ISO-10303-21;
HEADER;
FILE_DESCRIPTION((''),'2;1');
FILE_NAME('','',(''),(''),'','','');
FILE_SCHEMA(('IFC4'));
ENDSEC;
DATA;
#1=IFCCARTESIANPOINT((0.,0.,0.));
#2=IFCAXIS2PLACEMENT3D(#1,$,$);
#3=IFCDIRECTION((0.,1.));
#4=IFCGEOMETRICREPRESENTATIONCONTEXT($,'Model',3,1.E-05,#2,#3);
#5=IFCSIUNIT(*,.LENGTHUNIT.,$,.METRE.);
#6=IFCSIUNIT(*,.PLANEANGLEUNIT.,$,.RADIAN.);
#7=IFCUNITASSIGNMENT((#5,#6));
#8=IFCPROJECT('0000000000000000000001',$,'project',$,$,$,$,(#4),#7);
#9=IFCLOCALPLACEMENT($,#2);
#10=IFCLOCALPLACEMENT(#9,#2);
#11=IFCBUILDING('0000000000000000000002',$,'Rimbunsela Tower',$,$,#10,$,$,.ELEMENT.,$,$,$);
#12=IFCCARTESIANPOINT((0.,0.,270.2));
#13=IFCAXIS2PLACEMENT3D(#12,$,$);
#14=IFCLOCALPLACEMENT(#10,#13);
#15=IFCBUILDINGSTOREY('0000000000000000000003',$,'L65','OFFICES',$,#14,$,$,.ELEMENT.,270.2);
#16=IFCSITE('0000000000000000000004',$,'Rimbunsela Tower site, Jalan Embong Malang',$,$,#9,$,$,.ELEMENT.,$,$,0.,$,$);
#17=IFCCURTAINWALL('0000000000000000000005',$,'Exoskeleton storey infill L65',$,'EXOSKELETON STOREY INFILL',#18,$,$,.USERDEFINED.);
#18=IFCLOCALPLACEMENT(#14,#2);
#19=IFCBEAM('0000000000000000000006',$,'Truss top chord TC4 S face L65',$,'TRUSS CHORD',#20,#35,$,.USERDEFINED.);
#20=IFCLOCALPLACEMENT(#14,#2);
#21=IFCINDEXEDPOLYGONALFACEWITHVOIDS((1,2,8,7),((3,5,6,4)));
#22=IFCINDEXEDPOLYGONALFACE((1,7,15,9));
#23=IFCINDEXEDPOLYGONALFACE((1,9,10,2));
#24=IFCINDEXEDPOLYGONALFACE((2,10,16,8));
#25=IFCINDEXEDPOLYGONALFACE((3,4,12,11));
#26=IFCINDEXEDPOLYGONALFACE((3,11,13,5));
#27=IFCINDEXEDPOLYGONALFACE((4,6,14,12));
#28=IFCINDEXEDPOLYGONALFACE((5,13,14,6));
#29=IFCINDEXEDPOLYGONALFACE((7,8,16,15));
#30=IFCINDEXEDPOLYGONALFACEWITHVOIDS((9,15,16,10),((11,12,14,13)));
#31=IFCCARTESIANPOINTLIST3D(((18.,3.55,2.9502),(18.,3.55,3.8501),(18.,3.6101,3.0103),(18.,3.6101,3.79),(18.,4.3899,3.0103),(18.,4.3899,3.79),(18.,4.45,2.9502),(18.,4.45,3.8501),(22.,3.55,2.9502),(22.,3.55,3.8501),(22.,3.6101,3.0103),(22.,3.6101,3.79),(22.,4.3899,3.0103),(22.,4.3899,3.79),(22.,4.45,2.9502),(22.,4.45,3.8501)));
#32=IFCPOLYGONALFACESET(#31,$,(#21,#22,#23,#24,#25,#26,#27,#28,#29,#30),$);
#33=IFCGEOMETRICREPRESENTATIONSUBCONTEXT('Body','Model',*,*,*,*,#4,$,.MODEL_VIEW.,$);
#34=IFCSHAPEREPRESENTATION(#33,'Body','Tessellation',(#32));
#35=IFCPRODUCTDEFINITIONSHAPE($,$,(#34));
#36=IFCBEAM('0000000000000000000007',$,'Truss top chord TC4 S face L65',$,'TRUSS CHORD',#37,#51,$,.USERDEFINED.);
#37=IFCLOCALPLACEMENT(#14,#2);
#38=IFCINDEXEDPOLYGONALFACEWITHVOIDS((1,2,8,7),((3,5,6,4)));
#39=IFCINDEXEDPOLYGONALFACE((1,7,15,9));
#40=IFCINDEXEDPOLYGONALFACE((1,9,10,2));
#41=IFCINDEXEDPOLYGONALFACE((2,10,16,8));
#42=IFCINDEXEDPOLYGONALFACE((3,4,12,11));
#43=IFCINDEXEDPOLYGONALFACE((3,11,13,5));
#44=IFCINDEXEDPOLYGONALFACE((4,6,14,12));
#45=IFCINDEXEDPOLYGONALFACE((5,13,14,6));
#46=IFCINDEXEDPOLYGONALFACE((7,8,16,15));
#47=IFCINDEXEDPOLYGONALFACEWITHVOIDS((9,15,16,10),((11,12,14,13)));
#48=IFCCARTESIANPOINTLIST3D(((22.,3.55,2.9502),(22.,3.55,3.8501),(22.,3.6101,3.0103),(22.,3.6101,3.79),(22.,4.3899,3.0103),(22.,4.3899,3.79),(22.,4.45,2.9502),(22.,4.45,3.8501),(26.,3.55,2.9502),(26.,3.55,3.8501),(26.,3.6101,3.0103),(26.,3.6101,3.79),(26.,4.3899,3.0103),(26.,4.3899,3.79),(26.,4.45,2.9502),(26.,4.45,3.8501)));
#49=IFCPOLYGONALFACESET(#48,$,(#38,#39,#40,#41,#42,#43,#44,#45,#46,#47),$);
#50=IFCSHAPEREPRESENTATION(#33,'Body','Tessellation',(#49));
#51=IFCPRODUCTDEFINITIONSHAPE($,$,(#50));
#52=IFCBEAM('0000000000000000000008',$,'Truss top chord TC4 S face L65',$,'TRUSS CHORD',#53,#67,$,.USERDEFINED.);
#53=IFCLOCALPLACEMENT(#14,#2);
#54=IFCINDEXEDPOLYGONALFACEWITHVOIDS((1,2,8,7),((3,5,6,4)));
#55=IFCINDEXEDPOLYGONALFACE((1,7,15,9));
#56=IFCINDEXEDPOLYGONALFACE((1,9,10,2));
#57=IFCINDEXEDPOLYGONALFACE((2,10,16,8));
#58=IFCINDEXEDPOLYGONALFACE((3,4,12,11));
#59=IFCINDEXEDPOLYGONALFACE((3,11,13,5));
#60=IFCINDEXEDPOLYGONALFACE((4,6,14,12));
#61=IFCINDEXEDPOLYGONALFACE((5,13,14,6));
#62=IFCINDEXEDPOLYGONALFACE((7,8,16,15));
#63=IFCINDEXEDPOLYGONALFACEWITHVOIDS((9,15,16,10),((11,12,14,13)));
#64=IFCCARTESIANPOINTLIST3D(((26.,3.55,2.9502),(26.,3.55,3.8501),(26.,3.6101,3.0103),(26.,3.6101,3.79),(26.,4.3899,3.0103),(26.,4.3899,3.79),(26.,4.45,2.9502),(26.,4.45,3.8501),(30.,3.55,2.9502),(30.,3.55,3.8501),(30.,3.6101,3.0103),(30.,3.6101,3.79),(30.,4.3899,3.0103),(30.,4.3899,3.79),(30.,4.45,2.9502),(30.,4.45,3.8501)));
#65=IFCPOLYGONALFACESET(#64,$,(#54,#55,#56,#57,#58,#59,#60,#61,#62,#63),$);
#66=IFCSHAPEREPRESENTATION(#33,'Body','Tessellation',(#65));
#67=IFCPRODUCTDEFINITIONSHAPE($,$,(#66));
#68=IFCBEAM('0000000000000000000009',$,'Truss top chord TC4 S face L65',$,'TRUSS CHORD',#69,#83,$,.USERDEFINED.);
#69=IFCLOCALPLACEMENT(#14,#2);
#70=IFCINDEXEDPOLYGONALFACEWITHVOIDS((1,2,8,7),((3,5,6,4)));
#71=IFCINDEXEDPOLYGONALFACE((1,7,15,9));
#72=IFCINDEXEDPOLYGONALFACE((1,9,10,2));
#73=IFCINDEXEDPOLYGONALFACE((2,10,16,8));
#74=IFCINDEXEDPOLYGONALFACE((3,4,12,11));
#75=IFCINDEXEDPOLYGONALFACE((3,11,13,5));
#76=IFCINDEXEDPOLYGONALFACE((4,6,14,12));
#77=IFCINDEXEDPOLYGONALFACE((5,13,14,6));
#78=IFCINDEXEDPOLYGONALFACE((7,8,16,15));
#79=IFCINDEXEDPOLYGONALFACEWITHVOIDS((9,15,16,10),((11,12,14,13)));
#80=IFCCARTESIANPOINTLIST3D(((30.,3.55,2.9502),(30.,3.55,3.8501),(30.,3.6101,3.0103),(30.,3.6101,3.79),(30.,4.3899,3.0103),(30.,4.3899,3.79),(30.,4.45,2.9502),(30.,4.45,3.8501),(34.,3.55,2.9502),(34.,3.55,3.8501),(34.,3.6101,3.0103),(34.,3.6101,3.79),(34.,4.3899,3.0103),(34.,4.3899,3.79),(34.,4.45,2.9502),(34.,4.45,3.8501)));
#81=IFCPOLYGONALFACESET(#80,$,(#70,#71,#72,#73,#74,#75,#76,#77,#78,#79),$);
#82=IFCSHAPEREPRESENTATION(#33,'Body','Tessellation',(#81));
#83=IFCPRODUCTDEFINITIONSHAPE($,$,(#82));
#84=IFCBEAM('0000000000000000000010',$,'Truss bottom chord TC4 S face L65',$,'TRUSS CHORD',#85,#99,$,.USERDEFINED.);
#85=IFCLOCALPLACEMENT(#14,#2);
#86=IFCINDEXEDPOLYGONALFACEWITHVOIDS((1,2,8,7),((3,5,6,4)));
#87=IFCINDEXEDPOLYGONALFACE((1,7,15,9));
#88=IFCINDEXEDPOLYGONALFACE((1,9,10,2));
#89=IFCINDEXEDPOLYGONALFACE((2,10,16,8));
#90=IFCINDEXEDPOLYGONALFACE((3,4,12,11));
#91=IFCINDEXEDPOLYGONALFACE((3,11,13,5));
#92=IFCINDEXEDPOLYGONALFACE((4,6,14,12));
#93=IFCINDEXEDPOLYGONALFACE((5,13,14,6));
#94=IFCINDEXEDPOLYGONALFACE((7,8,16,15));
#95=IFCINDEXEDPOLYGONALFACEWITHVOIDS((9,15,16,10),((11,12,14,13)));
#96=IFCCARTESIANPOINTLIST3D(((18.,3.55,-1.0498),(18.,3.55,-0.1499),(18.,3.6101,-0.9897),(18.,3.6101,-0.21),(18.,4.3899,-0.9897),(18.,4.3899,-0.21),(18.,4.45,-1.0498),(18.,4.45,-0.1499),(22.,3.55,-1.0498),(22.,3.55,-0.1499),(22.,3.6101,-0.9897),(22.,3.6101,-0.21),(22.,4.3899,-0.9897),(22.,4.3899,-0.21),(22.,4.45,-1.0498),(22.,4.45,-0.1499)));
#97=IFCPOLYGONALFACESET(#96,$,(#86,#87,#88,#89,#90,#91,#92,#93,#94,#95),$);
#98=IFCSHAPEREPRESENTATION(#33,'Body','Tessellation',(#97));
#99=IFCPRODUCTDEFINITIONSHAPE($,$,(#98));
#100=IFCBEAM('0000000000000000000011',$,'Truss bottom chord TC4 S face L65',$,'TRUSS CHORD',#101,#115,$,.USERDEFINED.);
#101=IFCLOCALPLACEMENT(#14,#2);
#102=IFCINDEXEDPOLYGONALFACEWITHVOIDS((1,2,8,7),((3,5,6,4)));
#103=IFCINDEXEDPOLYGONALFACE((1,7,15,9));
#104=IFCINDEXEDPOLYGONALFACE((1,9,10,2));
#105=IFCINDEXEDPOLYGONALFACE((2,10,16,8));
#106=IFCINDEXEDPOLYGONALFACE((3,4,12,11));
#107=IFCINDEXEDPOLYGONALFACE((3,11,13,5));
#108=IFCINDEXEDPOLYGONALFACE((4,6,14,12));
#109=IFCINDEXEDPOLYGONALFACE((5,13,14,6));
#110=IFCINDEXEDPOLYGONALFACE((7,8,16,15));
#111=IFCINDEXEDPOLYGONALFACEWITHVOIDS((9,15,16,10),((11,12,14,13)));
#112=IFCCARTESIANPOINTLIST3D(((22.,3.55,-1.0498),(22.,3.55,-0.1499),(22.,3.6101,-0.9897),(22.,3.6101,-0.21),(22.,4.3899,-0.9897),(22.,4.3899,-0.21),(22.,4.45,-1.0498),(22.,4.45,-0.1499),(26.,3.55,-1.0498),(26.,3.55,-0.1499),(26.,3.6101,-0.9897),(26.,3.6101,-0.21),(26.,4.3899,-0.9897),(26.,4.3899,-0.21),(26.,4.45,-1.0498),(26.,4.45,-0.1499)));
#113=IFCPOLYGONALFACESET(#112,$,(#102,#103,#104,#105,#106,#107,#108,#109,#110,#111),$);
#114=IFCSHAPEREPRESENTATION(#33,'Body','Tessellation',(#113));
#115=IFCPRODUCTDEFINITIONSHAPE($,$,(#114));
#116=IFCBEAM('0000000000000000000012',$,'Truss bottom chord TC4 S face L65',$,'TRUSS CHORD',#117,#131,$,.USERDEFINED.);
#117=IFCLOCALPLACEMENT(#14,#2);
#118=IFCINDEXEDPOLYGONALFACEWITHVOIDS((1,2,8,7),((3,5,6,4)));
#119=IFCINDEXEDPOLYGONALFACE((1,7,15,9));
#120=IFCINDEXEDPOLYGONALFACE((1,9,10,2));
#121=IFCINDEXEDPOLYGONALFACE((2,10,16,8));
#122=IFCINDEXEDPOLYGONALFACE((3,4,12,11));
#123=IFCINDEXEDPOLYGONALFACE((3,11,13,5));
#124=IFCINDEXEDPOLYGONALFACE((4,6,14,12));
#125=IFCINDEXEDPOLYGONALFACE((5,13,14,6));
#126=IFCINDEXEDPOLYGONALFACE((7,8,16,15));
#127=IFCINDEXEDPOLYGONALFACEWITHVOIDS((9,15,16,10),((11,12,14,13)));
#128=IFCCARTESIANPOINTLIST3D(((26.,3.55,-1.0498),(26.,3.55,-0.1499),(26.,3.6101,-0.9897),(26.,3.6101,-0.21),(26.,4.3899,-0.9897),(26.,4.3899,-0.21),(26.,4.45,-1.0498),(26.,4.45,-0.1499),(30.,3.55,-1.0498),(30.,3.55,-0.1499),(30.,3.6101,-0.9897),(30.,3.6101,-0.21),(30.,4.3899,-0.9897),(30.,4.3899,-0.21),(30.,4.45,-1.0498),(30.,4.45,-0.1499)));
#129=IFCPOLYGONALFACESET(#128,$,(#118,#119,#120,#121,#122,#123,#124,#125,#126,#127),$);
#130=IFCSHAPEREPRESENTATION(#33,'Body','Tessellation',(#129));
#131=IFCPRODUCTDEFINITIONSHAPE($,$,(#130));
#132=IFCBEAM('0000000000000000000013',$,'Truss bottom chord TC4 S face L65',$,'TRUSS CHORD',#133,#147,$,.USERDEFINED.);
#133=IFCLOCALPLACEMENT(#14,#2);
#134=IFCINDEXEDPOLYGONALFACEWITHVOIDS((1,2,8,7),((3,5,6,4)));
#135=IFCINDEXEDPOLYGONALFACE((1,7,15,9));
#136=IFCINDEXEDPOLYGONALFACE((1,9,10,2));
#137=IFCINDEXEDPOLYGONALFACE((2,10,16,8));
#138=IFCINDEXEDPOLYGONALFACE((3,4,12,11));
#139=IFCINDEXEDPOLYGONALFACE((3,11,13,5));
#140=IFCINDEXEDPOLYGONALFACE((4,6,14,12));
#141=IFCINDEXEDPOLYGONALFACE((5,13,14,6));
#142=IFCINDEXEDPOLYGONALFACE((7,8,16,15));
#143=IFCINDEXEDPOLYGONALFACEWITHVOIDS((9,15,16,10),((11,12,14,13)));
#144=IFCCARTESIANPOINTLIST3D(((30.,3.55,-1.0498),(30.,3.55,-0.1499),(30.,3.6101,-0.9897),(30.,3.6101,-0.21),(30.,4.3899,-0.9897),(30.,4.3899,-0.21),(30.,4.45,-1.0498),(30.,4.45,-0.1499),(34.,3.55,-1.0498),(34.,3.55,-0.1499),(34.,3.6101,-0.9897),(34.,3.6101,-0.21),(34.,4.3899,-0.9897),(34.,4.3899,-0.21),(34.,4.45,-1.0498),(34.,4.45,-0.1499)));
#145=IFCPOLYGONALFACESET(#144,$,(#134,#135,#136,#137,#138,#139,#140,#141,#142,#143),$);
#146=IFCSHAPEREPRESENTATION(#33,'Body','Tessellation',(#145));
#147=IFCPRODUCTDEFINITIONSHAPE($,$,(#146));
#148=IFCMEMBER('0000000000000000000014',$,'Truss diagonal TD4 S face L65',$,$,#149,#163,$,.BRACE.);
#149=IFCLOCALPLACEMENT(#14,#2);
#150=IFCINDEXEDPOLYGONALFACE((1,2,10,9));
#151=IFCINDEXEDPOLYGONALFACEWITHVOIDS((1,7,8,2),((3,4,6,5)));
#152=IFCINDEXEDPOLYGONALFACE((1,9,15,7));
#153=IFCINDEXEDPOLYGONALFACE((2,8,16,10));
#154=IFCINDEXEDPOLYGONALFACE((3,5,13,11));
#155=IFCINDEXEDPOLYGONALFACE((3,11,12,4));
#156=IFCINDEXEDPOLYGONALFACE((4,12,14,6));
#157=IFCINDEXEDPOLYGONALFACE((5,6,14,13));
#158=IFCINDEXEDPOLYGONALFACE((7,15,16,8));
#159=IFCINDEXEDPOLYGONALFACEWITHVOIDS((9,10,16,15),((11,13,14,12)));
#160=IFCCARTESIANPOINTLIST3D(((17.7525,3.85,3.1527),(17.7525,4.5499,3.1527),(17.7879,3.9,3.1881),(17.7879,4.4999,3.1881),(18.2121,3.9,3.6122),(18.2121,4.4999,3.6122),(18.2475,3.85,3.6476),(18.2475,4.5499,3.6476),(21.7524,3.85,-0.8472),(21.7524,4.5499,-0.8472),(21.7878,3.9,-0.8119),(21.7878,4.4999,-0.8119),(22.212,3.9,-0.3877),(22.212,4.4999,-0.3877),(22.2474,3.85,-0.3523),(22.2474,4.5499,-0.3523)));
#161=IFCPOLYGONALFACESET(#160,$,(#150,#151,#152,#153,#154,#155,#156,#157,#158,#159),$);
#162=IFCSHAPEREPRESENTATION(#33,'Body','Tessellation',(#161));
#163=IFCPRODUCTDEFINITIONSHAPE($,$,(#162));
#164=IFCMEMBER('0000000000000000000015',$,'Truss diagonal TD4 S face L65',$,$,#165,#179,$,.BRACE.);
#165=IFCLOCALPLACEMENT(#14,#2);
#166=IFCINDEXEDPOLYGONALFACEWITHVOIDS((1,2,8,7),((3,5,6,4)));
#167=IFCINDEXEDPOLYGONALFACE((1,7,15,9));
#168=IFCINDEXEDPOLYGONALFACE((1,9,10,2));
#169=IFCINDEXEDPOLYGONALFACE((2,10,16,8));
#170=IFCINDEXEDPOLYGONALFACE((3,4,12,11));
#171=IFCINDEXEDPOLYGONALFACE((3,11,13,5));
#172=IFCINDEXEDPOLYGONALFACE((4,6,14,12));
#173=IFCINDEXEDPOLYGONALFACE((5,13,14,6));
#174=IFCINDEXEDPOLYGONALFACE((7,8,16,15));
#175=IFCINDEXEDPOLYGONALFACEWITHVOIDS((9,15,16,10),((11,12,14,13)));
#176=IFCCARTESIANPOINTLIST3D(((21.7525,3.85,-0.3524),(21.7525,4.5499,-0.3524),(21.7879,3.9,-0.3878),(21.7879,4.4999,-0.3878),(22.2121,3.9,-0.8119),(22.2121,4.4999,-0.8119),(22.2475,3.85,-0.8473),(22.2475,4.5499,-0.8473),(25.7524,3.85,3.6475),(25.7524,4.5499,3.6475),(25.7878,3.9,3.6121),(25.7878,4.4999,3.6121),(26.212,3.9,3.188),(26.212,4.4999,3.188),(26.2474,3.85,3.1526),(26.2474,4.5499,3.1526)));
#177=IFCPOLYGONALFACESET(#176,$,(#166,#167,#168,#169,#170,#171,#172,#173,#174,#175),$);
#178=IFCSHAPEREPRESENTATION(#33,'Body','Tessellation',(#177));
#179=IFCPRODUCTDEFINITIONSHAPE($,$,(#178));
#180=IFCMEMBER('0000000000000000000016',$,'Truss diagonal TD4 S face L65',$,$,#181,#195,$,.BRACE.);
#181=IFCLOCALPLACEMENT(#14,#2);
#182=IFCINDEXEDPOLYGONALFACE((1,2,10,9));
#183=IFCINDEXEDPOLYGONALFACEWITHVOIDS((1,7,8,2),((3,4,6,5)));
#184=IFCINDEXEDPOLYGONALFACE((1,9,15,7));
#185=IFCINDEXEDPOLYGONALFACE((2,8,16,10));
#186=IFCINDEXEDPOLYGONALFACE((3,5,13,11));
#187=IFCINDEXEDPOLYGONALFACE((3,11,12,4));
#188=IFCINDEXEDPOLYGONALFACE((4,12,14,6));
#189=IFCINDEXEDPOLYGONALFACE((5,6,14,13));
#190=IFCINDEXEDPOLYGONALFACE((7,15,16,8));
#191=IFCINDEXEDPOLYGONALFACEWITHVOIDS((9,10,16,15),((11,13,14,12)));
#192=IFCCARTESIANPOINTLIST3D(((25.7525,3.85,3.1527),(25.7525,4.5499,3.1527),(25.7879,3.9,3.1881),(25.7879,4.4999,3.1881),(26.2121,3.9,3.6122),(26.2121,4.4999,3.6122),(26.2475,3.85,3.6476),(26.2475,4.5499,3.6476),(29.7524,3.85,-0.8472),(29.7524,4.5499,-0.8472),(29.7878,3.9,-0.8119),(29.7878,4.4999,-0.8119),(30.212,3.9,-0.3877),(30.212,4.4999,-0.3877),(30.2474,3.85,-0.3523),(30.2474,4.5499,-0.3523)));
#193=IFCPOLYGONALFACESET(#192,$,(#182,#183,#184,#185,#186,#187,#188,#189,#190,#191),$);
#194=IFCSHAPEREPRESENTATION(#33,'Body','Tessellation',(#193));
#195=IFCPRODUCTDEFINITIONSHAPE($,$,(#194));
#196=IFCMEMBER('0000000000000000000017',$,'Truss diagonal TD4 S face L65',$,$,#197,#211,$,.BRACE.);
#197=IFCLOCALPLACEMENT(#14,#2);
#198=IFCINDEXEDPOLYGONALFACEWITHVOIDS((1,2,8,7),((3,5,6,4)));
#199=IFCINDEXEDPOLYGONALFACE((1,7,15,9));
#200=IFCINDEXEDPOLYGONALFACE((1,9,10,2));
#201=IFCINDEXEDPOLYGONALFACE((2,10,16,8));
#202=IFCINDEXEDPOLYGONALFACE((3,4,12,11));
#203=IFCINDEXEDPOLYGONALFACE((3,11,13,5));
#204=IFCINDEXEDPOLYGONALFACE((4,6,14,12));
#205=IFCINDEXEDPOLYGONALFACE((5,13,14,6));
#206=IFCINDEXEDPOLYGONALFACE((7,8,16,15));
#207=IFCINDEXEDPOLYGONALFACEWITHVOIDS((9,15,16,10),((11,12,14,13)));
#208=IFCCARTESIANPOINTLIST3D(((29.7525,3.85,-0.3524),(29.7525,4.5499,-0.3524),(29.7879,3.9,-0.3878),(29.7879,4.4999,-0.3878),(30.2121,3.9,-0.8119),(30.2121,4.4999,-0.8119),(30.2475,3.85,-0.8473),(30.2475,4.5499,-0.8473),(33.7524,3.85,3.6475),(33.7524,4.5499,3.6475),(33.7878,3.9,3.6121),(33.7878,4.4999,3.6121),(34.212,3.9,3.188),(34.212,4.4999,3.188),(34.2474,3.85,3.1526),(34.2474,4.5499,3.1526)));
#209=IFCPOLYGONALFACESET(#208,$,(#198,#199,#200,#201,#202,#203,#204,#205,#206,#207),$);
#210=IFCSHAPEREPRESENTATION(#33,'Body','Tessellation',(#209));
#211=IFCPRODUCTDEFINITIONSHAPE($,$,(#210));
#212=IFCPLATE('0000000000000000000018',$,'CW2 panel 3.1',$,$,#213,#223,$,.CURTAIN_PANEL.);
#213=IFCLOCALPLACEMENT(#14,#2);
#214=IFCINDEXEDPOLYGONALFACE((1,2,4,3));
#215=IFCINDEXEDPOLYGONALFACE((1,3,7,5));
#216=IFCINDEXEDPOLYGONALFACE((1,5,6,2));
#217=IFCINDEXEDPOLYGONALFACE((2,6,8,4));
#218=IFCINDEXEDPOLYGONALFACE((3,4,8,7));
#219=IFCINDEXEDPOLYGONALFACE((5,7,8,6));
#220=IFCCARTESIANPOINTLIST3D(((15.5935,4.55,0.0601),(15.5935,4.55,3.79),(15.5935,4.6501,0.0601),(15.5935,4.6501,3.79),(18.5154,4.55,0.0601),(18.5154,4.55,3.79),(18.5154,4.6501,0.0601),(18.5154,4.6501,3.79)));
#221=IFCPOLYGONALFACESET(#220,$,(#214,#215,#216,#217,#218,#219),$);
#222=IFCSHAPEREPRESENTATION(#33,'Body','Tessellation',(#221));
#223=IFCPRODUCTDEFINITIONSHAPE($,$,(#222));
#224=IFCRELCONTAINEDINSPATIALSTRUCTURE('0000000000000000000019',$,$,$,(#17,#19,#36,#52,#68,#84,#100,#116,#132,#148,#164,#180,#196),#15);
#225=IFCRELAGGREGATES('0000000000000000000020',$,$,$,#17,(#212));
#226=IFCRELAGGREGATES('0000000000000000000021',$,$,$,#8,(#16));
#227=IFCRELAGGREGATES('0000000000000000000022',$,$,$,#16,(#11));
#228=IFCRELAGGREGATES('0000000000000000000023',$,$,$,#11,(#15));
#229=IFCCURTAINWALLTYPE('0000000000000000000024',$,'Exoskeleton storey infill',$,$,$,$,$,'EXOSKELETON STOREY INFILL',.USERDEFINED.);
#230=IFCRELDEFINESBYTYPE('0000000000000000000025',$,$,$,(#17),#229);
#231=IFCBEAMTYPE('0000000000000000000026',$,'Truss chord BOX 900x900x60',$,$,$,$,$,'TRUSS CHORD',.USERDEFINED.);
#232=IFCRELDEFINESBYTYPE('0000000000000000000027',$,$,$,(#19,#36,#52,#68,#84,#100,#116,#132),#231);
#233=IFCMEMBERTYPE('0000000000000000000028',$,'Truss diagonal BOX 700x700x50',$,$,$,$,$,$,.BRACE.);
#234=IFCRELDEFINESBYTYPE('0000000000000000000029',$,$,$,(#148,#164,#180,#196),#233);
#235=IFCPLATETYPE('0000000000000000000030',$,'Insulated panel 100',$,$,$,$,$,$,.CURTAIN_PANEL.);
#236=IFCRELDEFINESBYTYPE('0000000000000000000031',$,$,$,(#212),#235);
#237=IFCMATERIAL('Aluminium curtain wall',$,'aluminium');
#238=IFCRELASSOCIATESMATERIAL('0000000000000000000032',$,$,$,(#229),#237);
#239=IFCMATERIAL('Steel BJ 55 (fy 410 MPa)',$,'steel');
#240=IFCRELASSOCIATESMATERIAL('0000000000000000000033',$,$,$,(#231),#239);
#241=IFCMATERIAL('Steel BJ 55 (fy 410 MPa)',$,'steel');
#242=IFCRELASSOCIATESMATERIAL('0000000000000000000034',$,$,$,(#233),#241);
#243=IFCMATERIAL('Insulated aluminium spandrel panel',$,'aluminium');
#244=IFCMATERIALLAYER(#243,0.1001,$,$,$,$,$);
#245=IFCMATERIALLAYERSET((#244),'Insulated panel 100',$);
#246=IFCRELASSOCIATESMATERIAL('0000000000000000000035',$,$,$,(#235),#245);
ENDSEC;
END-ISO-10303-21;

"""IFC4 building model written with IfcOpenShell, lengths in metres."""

from ifc_helpers import new_model, si_unit, direction, frame, origin, origin_2d, place, context, subcontext, project, spatial, rectangle, hollow_rectangle, extrude, material, layer, layer_set, material_profile, profile_set, type_object, element, aggregate, save


model = new_model("IFC4")

# Units and contexts
model_context = context("Model", 3, precision=1e-05, world=origin(), true_north=direction((0.0, 1.0)))
body_context = subcontext(model_context, "Body", "Model", "MODEL_VIEW")
ifc_project = project(units=[si_unit("LENGTHUNIT", "METRE"), si_unit("PLANEANGLEUNIT", "RADIAN")], contexts=[model_context])

# Site, building, storey
site_placement = place(None, origin())
site = spatial("IfcSite", under=ifc_project, at=site_placement, Name="Rimbunsela Tower site, Jalan Embong Malang", CompositionType="ELEMENT", RefElevation=0.0)
building_placement = place(site_placement, origin())
building = spatial("IfcBuilding", under=site, at=building_placement, Name="Rimbunsela Tower", CompositionType="ELEMENT")
storey_placement = place(building_placement, frame((0.0, 0.0, 270.2)))
storey = spatial("IfcBuildingStorey", under=building, at=storey_placement, Name="L65", Description="OFFICES", CompositionType="ELEMENT", Elevation=270.2)

# Curtain wall
ifc_material_1 = material(Name="Aluminium curtain wall", Category="aluminium")
curtain_wall_type = type_object("IfcCurtainWallType", Name="Exoskeleton storey infill", ElementType="EXOSKELETON STOREY INFILL", PredefinedType="USERDEFINED", material=ifc_material_1)
curtain_wall_placement = place(storey_placement, origin())
curtain_wall = element("IfcCurtainWall", 1, at=curtain_wall_placement, inside=storey, type_object=curtain_wall_type, Name="Exoskeleton storey infill L65", ObjectType="EXOSKELETON STOREY INFILL", PredefinedType="USERDEFINED")

# Beams
ifc_material_2 = material(Name="Steel BJ 55 (fy 410 MPa)", Category="steel")
ifc_material_profile_1 = material_profile(ifc_material_2, hollow_rectangle(XDim=0.8999, YDim=0.8999, WallThickness=0.0601, at=origin_2d()), Name="BOX 900x900x60")
ifc_profile_set_1 = profile_set([ifc_material_profile_1], Name="Steel BJ 55 (fy 410 MPa)")
beam_type_1 = type_object("IfcBeamType", Name="Truss chord BOX 900x900x60", ElementType="TRUSS CHORD", PredefinedType="USERDEFINED", material=ifc_profile_set_1)
for number, where, z_axis, x_axis, name in (
    (2, (18.0, 4.0, 3.4001), (1.0, 0.0, 0.0), (0.0, 1.0, 0.0), "Truss top chord TC4 S face L65"),
    (3, (22.0, 4.0, 3.4001), (1.0, 0.0, 0.0), (0.0, 1.0, 0.0), "Truss top chord TC4 S face L65"),
    (4, (26.0, 4.0, 3.4001), (1.0, 0.0, 0.0), (0.0, 1.0, 0.0), "Truss top chord TC4 S face L65"),
    (5, (30.0, 4.0, 3.4001), (1.0, 0.0, 0.0), (0.0, 1.0, 0.0), "Truss top chord TC4 S face L65"),
    (6, (18.0, 4.0, -0.5999), (1.0, 0.0, 0.0), (0.0, 1.0, 0.0), "Truss bottom chord TC4 S face L65"),
    (7, (22.0, 4.0, -0.5999), (1.0, 0.0, 0.0), (0.0, 1.0, 0.0), "Truss bottom chord TC4 S face L65"),
    (8, (26.0, 4.0, -0.5999), (1.0, 0.0, 0.0), (0.0, 1.0, 0.0), "Truss bottom chord TC4 S face L65"),
    (9, (30.0, 4.0, -0.5999), (1.0, 0.0, 0.0), (0.0, 1.0, 0.0), "Truss bottom chord TC4 S face L65"),
):
    element("IfcBeam", number, at=place(storey_placement, frame(where, z_axis=z_axis, x_axis=x_axis)), inside=storey, type_object=beam_type_1, Name=name, ObjectType="TRUSS CHORD", PredefinedType="USERDEFINED", context=body_context, shape_type="SweptSolid", body=[
        extrude(hollow_rectangle(XDim=0.8999, YDim=0.8999, WallThickness=0.0601, at=origin_2d()), origin(), (0.0, 0.0, 1.0), 4.0),
    ])

# Members
ifc_material_3 = material(Name="Steel BJ 55 (fy 410 MPa)", Category="steel")
ifc_material_profile_2 = material_profile(ifc_material_3, hollow_rectangle(XDim=0.7, YDim=0.7, WallThickness=0.05, at=origin_2d()), Name="BOX 700x700x50")
ifc_profile_set_2 = profile_set([ifc_material_profile_2], Name="Steel BJ 55 (fy 410 MPa)")
member_type_1 = type_object("IfcMemberType", Name="Truss diagonal BOX 700x700x50", PredefinedType="BRACE", material=ifc_profile_set_2)
for number, where, z_axis, x_axis, name in (
    (10, (18.0, 4.2, 3.4001), (0.707107, 0.0, -0.707107), (0.0, 1.0, 0.0), "Truss diagonal TD4 S face L65"),
    (11, (22.0, 4.2, -0.5999), (0.707107, 0.0, 0.707107), (0.0, 1.0, 0.0), "Truss diagonal TD4 S face L65"),
    (12, (26.0, 4.2, 3.4001), (0.707107, 0.0, -0.707107), (0.0, 1.0, 0.0), "Truss diagonal TD4 S face L65"),
    (13, (30.0, 4.2, -0.5999), (0.707107, 0.0, 0.707107), (0.0, 1.0, 0.0), "Truss diagonal TD4 S face L65"),
):
    element("IfcMember", number, at=place(storey_placement, frame(where, z_axis=z_axis, x_axis=x_axis)), inside=storey, type_object=member_type_1, Name=name, PredefinedType="BRACE", context=body_context, shape_type="SweptSolid", body=[
        extrude(hollow_rectangle(XDim=0.7, YDim=0.7, WallThickness=0.05, at=origin_2d()), origin(), (0.0, 0.0, 1.0), 5.6567),
    ])

# Plate
ifc_material_4 = material(Name="Insulated aluminium spandrel panel", Category="aluminium")
ifc_layer = layer(ifc_material_4, 0.1001)
ifc_layer_set = layer_set([ifc_layer], Name="Insulated panel 100")
plate_type = type_object("IfcPlateType", Name="Insulated panel 100", PredefinedType="CURTAIN_PANEL", material=ifc_layer_set)
plate_1_placement = place(storey_placement, frame((17.0544, 4.6001, 0.0601), z_axis=(0.0, 0.0, 1.0), x_axis=(1.0, 0.0, 0.0)))
plate_1 = element("IfcPlate", 14, at=plate_1_placement, type_object=plate_type, Name="CW2 panel 3.1", PredefinedType="CURTAIN_PANEL", context=body_context, shape_type="SweptSolid", body=[
    extrude(rectangle(XDim=2.9219, YDim=0.1001, at=origin_2d()), origin(), (0.0, 0.0, 1.0), 3.73),
])
aggregate(curtain_wall, [plate_1])

save(model, "model.ifc")
